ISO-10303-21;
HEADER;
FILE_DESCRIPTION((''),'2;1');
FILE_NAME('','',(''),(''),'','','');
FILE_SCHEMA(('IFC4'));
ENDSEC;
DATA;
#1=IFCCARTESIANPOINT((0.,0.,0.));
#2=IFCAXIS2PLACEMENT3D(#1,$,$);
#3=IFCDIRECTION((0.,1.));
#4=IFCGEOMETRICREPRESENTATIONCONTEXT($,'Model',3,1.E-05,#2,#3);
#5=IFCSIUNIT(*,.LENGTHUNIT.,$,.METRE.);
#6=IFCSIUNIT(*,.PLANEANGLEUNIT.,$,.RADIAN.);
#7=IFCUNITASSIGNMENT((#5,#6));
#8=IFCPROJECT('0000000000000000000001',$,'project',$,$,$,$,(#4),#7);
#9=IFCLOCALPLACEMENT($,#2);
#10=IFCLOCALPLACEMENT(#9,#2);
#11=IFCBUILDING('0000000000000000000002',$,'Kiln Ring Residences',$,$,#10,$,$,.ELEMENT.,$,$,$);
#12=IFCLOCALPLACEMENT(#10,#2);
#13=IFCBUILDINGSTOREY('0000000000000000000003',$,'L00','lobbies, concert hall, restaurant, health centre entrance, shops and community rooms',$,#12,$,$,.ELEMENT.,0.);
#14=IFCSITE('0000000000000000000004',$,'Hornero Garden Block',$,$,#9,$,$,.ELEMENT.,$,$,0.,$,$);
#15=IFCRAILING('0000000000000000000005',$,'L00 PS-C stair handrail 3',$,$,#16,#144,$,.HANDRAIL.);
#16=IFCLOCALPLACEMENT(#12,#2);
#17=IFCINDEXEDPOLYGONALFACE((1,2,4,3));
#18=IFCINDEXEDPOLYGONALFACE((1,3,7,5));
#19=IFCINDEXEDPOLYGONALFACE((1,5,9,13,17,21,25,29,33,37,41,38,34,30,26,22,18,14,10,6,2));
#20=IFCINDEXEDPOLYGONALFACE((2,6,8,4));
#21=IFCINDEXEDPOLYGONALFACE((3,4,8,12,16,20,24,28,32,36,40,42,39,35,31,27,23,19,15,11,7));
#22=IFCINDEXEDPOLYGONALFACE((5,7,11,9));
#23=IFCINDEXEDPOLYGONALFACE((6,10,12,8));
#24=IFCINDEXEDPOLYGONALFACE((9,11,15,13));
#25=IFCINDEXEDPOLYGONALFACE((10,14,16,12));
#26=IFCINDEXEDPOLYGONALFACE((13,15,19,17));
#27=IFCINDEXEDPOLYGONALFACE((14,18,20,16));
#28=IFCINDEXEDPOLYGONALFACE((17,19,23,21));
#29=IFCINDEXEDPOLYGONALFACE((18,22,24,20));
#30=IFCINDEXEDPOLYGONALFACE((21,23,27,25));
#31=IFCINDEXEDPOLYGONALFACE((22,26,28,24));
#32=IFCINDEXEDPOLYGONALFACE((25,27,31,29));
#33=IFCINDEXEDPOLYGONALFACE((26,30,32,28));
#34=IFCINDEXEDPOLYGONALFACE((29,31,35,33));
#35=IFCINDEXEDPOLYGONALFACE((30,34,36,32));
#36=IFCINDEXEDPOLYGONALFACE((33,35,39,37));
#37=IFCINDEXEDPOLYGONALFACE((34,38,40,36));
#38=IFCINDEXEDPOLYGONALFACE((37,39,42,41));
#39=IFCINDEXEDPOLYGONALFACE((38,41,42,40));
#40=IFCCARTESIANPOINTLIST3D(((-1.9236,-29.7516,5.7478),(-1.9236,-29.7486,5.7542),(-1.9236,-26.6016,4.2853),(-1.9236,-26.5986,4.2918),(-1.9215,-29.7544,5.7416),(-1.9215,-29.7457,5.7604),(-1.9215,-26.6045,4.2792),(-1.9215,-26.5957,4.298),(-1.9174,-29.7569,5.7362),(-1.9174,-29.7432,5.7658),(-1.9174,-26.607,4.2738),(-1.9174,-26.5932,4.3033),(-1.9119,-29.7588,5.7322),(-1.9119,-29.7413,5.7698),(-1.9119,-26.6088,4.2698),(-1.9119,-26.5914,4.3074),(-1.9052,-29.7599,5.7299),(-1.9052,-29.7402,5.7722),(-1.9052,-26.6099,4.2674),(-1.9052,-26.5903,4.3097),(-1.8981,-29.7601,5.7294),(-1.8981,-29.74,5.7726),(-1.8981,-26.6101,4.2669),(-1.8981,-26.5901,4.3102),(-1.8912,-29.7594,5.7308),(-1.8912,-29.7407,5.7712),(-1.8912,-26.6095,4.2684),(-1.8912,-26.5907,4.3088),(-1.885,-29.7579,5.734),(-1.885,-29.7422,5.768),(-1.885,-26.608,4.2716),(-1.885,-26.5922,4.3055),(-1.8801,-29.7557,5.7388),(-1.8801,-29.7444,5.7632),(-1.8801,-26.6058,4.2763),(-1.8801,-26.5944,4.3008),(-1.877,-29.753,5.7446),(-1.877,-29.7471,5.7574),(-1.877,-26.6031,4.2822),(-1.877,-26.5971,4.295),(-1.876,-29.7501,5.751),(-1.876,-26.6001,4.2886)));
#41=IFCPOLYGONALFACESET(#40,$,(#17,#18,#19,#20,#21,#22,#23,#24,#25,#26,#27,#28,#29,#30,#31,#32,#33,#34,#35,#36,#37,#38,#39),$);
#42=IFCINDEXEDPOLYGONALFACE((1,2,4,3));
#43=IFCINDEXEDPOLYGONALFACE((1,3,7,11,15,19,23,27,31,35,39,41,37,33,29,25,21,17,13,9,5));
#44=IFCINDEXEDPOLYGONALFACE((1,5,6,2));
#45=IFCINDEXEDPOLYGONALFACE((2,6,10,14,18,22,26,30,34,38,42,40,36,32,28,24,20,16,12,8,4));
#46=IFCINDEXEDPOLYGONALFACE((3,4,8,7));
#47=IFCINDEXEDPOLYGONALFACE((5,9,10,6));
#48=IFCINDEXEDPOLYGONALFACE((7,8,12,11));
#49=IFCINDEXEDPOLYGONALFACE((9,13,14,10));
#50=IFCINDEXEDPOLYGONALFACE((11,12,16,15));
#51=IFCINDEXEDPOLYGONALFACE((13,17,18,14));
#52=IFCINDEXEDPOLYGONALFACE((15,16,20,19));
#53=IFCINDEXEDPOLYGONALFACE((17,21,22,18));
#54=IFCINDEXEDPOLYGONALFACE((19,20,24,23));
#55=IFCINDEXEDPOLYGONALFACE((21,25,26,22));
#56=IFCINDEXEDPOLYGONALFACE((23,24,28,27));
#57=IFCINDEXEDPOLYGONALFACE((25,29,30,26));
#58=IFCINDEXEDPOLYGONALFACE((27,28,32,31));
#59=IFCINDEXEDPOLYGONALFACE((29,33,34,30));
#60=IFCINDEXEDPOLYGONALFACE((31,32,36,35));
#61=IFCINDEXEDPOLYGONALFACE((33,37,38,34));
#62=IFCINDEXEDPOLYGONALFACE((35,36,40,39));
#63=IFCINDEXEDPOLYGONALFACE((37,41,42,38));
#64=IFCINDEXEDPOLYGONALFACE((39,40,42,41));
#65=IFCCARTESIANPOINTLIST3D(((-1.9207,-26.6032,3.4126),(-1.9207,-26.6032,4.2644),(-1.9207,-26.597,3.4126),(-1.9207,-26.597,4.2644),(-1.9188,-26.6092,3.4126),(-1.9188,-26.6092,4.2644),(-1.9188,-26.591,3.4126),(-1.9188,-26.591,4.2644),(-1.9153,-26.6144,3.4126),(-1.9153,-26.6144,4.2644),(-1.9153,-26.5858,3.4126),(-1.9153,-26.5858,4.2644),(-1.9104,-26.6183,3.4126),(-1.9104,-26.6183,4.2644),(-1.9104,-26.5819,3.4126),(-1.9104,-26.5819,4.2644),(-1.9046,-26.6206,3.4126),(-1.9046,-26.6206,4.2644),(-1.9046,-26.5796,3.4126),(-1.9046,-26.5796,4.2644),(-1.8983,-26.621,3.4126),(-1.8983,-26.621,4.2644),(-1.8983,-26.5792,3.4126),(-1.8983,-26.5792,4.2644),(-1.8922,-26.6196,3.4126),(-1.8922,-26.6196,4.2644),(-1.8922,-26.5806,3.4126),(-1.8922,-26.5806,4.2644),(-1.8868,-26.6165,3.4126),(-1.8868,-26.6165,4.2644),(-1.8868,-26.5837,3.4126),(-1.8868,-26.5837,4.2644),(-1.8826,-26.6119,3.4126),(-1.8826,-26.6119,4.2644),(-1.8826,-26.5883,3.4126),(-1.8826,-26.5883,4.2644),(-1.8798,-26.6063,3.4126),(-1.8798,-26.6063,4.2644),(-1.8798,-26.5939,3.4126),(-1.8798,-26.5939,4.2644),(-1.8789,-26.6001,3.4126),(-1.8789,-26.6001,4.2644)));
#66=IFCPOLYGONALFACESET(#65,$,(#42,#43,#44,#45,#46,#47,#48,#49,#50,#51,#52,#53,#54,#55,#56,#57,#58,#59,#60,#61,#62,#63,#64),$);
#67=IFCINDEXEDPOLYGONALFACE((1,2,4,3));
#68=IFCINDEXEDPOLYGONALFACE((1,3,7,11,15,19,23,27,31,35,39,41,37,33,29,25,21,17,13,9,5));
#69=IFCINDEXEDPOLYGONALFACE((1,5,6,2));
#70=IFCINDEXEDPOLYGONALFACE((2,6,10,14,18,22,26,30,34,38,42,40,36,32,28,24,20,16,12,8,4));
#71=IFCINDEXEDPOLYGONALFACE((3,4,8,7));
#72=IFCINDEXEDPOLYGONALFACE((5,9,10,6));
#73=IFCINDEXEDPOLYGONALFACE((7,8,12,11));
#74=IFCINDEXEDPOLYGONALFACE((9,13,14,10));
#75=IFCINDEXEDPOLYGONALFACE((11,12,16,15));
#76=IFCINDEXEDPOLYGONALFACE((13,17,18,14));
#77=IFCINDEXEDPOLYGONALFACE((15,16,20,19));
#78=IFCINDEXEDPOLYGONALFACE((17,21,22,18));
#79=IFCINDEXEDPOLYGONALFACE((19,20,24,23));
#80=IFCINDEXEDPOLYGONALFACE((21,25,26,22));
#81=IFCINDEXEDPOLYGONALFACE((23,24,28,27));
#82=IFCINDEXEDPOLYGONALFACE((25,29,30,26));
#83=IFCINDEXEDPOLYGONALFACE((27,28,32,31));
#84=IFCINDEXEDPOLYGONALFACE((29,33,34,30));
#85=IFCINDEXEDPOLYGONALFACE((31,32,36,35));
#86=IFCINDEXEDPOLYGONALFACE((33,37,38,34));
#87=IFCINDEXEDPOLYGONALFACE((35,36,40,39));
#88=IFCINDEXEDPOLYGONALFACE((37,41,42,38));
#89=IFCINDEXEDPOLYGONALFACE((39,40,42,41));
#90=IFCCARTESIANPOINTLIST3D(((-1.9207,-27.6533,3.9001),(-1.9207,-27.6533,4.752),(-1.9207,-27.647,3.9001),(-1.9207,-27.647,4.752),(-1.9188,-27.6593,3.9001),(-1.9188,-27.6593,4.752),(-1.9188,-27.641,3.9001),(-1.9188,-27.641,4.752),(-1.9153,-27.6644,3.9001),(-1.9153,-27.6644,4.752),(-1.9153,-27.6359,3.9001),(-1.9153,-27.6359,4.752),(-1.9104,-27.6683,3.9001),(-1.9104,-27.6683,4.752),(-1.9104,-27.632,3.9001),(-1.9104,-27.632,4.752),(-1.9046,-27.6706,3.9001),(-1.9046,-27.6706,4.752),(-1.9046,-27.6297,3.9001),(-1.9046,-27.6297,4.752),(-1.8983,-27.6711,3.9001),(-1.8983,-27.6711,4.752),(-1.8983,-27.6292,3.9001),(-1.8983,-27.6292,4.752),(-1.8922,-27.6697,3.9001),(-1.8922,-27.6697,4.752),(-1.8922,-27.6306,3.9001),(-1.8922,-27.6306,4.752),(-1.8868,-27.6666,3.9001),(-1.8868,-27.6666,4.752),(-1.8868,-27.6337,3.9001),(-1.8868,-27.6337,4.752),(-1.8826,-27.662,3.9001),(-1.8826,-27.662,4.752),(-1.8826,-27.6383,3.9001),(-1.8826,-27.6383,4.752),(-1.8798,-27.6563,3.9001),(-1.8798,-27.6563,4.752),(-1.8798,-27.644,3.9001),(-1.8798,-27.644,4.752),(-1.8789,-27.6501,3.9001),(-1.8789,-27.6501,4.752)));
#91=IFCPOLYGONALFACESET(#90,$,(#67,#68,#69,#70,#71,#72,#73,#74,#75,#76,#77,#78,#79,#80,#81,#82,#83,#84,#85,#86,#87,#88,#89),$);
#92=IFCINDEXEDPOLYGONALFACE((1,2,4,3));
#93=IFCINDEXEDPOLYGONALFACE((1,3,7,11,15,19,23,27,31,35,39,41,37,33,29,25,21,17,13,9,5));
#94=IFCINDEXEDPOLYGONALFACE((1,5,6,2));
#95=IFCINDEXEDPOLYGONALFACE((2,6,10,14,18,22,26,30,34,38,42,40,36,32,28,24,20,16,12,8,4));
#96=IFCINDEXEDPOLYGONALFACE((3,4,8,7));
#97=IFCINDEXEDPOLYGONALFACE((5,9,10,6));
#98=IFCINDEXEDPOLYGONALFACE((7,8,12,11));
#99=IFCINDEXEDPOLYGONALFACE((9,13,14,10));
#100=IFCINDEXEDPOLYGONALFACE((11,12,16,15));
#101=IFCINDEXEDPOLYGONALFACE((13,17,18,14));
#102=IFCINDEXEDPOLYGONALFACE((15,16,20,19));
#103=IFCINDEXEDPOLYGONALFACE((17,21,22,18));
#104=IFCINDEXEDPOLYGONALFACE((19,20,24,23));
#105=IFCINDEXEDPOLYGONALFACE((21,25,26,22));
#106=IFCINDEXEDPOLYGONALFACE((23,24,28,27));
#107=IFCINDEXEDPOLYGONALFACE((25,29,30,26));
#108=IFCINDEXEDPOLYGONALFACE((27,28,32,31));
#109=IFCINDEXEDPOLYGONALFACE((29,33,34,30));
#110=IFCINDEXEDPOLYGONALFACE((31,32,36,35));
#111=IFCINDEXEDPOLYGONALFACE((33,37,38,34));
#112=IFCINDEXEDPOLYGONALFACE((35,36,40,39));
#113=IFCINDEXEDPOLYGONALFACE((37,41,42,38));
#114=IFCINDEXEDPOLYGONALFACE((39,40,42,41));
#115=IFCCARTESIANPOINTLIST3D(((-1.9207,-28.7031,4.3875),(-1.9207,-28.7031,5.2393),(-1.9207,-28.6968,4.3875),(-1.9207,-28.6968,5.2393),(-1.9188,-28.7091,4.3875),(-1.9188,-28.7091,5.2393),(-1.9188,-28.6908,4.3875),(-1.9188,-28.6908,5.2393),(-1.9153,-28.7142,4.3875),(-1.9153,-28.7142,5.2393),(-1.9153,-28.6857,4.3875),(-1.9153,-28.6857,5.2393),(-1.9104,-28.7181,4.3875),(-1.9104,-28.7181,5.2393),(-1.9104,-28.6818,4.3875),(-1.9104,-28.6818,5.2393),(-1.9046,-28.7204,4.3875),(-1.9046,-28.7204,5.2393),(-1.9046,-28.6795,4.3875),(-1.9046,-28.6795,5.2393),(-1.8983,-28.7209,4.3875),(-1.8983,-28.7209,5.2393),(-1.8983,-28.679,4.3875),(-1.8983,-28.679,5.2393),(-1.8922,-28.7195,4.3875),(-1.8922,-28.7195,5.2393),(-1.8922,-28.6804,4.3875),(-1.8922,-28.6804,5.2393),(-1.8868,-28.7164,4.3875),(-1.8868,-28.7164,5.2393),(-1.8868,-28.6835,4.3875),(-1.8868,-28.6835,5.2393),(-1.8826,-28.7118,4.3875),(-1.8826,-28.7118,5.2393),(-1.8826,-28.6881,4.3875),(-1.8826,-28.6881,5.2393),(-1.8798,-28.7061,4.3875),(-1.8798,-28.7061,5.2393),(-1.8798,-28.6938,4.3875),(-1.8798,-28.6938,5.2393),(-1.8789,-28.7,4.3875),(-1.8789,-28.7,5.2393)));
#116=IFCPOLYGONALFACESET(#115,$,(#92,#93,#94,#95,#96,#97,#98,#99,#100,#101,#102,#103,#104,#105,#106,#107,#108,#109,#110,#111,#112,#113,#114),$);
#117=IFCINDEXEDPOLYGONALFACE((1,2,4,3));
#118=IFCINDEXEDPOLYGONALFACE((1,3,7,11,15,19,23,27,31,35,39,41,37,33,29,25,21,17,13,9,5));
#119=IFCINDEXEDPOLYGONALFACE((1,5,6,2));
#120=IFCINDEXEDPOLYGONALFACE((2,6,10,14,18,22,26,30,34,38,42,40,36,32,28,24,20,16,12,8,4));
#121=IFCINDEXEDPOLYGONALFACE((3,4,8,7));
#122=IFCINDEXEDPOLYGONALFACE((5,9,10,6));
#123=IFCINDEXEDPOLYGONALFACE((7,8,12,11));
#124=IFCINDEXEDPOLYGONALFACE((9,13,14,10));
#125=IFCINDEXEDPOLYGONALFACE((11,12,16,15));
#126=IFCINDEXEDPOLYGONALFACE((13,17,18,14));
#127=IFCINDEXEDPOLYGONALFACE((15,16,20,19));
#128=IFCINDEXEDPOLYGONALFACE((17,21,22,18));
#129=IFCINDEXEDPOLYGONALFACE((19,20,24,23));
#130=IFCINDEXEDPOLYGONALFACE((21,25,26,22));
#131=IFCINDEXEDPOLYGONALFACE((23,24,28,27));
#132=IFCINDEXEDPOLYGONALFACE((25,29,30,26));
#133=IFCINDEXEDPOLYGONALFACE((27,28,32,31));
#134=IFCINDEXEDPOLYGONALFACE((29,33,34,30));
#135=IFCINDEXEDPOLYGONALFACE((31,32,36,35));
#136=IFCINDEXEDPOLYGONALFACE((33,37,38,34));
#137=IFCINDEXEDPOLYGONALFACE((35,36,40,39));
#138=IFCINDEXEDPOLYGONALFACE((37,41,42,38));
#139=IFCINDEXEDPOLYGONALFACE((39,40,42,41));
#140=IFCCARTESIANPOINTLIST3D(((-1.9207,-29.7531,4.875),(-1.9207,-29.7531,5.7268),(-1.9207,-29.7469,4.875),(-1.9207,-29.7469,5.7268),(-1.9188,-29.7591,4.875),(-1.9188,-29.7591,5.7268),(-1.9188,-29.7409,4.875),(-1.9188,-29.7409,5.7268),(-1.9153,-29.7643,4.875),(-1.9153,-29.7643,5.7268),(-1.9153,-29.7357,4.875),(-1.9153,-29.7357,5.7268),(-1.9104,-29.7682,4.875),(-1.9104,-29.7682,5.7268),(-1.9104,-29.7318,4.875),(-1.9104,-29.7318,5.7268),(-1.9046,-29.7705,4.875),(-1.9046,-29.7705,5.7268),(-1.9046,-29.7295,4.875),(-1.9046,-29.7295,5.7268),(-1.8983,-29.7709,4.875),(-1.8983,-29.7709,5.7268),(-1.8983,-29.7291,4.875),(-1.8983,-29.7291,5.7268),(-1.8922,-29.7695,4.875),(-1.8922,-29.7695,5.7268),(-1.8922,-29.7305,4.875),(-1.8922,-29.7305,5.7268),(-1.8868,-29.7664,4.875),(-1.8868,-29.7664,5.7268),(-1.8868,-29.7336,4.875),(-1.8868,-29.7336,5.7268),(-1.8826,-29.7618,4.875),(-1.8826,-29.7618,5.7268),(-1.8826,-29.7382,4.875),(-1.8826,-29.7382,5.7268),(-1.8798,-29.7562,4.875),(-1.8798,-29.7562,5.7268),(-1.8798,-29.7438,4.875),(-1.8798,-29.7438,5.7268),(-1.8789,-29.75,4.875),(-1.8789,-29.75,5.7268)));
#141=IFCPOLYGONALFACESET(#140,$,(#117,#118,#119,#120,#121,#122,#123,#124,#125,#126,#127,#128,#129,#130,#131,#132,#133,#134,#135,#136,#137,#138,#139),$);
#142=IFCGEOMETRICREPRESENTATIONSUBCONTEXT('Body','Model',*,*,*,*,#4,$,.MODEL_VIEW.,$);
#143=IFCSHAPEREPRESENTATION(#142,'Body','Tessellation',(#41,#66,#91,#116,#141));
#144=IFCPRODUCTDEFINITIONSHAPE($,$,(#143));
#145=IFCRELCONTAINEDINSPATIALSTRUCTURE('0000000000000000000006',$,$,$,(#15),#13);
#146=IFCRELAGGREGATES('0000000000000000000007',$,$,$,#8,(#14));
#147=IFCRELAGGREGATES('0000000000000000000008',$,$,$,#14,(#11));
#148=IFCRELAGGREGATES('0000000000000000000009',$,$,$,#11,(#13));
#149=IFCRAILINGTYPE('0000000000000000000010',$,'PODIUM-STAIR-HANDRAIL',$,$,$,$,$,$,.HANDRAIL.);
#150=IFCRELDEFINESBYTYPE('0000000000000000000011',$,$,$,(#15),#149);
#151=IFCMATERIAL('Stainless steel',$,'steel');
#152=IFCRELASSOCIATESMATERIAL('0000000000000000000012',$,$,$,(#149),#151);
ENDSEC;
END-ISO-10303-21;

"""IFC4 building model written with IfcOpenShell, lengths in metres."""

from ifc_helpers import new_model, si_unit, direction, frame, origin, origin_2d, place, context, subcontext, project, spatial, circle, extrude, material, type_object, element, save


model = new_model("IFC4")

# Units and contexts
model_context = context("Model", 3, precision=1e-05, world=origin(), true_north=direction((0.0, 1.0)))
body_context = subcontext(model_context, "Body", "Model", "MODEL_VIEW")
ifc_project = project(units=[si_unit("LENGTHUNIT", "METRE"), si_unit("PLANEANGLEUNIT", "RADIAN")], contexts=[model_context])

# Site, building, storey
site_placement = place(None, origin())
site = spatial("IfcSite", under=ifc_project, at=site_placement, Name="Hornero Garden Block", CompositionType="ELEMENT", RefElevation=0.0)
building_placement = place(site_placement, origin())
building = spatial("IfcBuilding", under=site, at=building_placement, Name="Kiln Ring Residences", CompositionType="ELEMENT")
storey_placement = place(building_placement, origin())
storey = spatial("IfcBuildingStorey", under=building, at=storey_placement, Name="L00", Description="lobbies, concert hall, restaurant, health centre entrance, shops and community rooms", CompositionType="ELEMENT", Elevation=0.0)

# Railing
ifc_material_1 = material(Name="Stainless steel", Category="steel")
railing_type_1 = type_object("IfcRailingType", Name="PODIUM-STAIR-HANDRAIL", PredefinedType="HANDRAIL", material=ifc_material_1)
for number, where, name in (
    (1, (-1.8999, -26.6001, 3.4126), "L00 PS-C stair handrail 3"),
):
    element("IfcRailing", number, at=place(storey_placement, frame(where)), inside=storey, type_object=railing_type_1, Name=name, PredefinedType="HANDRAIL", context=body_context, shape_type="SweptSolid", body=[
        extrude(circle(Radius=0.0239, at=origin_2d()), frame((0.0, 0.0, 0.876), z_axis=(0.0, -0.907015, 0.421099), x_axis=(1.0, 0.0, 0.0)), (0.0, 0.0, 1.0), 3.4729),
        extrude(circle(Radius=0.021, at=origin_2d()), origin(), (0.0, 0.0, 1.0), 0.8518),
        extrude(circle(Radius=0.021, at=origin_2d()), frame((0.0, -1.05, 0.4875)), (0.0, 0.0, 1.0), 0.8518),
        extrude(circle(Radius=0.021, at=origin_2d()), frame((0.0, -2.0999, 0.9749)), (0.0, 0.0, 1.0), 0.8518),
        extrude(circle(Radius=0.021, at=origin_2d()), frame((0.0, -3.1499, 1.4624)), (0.0, 0.0, 1.0), 0.8518),
    ])

save(model, "model.ifc")
